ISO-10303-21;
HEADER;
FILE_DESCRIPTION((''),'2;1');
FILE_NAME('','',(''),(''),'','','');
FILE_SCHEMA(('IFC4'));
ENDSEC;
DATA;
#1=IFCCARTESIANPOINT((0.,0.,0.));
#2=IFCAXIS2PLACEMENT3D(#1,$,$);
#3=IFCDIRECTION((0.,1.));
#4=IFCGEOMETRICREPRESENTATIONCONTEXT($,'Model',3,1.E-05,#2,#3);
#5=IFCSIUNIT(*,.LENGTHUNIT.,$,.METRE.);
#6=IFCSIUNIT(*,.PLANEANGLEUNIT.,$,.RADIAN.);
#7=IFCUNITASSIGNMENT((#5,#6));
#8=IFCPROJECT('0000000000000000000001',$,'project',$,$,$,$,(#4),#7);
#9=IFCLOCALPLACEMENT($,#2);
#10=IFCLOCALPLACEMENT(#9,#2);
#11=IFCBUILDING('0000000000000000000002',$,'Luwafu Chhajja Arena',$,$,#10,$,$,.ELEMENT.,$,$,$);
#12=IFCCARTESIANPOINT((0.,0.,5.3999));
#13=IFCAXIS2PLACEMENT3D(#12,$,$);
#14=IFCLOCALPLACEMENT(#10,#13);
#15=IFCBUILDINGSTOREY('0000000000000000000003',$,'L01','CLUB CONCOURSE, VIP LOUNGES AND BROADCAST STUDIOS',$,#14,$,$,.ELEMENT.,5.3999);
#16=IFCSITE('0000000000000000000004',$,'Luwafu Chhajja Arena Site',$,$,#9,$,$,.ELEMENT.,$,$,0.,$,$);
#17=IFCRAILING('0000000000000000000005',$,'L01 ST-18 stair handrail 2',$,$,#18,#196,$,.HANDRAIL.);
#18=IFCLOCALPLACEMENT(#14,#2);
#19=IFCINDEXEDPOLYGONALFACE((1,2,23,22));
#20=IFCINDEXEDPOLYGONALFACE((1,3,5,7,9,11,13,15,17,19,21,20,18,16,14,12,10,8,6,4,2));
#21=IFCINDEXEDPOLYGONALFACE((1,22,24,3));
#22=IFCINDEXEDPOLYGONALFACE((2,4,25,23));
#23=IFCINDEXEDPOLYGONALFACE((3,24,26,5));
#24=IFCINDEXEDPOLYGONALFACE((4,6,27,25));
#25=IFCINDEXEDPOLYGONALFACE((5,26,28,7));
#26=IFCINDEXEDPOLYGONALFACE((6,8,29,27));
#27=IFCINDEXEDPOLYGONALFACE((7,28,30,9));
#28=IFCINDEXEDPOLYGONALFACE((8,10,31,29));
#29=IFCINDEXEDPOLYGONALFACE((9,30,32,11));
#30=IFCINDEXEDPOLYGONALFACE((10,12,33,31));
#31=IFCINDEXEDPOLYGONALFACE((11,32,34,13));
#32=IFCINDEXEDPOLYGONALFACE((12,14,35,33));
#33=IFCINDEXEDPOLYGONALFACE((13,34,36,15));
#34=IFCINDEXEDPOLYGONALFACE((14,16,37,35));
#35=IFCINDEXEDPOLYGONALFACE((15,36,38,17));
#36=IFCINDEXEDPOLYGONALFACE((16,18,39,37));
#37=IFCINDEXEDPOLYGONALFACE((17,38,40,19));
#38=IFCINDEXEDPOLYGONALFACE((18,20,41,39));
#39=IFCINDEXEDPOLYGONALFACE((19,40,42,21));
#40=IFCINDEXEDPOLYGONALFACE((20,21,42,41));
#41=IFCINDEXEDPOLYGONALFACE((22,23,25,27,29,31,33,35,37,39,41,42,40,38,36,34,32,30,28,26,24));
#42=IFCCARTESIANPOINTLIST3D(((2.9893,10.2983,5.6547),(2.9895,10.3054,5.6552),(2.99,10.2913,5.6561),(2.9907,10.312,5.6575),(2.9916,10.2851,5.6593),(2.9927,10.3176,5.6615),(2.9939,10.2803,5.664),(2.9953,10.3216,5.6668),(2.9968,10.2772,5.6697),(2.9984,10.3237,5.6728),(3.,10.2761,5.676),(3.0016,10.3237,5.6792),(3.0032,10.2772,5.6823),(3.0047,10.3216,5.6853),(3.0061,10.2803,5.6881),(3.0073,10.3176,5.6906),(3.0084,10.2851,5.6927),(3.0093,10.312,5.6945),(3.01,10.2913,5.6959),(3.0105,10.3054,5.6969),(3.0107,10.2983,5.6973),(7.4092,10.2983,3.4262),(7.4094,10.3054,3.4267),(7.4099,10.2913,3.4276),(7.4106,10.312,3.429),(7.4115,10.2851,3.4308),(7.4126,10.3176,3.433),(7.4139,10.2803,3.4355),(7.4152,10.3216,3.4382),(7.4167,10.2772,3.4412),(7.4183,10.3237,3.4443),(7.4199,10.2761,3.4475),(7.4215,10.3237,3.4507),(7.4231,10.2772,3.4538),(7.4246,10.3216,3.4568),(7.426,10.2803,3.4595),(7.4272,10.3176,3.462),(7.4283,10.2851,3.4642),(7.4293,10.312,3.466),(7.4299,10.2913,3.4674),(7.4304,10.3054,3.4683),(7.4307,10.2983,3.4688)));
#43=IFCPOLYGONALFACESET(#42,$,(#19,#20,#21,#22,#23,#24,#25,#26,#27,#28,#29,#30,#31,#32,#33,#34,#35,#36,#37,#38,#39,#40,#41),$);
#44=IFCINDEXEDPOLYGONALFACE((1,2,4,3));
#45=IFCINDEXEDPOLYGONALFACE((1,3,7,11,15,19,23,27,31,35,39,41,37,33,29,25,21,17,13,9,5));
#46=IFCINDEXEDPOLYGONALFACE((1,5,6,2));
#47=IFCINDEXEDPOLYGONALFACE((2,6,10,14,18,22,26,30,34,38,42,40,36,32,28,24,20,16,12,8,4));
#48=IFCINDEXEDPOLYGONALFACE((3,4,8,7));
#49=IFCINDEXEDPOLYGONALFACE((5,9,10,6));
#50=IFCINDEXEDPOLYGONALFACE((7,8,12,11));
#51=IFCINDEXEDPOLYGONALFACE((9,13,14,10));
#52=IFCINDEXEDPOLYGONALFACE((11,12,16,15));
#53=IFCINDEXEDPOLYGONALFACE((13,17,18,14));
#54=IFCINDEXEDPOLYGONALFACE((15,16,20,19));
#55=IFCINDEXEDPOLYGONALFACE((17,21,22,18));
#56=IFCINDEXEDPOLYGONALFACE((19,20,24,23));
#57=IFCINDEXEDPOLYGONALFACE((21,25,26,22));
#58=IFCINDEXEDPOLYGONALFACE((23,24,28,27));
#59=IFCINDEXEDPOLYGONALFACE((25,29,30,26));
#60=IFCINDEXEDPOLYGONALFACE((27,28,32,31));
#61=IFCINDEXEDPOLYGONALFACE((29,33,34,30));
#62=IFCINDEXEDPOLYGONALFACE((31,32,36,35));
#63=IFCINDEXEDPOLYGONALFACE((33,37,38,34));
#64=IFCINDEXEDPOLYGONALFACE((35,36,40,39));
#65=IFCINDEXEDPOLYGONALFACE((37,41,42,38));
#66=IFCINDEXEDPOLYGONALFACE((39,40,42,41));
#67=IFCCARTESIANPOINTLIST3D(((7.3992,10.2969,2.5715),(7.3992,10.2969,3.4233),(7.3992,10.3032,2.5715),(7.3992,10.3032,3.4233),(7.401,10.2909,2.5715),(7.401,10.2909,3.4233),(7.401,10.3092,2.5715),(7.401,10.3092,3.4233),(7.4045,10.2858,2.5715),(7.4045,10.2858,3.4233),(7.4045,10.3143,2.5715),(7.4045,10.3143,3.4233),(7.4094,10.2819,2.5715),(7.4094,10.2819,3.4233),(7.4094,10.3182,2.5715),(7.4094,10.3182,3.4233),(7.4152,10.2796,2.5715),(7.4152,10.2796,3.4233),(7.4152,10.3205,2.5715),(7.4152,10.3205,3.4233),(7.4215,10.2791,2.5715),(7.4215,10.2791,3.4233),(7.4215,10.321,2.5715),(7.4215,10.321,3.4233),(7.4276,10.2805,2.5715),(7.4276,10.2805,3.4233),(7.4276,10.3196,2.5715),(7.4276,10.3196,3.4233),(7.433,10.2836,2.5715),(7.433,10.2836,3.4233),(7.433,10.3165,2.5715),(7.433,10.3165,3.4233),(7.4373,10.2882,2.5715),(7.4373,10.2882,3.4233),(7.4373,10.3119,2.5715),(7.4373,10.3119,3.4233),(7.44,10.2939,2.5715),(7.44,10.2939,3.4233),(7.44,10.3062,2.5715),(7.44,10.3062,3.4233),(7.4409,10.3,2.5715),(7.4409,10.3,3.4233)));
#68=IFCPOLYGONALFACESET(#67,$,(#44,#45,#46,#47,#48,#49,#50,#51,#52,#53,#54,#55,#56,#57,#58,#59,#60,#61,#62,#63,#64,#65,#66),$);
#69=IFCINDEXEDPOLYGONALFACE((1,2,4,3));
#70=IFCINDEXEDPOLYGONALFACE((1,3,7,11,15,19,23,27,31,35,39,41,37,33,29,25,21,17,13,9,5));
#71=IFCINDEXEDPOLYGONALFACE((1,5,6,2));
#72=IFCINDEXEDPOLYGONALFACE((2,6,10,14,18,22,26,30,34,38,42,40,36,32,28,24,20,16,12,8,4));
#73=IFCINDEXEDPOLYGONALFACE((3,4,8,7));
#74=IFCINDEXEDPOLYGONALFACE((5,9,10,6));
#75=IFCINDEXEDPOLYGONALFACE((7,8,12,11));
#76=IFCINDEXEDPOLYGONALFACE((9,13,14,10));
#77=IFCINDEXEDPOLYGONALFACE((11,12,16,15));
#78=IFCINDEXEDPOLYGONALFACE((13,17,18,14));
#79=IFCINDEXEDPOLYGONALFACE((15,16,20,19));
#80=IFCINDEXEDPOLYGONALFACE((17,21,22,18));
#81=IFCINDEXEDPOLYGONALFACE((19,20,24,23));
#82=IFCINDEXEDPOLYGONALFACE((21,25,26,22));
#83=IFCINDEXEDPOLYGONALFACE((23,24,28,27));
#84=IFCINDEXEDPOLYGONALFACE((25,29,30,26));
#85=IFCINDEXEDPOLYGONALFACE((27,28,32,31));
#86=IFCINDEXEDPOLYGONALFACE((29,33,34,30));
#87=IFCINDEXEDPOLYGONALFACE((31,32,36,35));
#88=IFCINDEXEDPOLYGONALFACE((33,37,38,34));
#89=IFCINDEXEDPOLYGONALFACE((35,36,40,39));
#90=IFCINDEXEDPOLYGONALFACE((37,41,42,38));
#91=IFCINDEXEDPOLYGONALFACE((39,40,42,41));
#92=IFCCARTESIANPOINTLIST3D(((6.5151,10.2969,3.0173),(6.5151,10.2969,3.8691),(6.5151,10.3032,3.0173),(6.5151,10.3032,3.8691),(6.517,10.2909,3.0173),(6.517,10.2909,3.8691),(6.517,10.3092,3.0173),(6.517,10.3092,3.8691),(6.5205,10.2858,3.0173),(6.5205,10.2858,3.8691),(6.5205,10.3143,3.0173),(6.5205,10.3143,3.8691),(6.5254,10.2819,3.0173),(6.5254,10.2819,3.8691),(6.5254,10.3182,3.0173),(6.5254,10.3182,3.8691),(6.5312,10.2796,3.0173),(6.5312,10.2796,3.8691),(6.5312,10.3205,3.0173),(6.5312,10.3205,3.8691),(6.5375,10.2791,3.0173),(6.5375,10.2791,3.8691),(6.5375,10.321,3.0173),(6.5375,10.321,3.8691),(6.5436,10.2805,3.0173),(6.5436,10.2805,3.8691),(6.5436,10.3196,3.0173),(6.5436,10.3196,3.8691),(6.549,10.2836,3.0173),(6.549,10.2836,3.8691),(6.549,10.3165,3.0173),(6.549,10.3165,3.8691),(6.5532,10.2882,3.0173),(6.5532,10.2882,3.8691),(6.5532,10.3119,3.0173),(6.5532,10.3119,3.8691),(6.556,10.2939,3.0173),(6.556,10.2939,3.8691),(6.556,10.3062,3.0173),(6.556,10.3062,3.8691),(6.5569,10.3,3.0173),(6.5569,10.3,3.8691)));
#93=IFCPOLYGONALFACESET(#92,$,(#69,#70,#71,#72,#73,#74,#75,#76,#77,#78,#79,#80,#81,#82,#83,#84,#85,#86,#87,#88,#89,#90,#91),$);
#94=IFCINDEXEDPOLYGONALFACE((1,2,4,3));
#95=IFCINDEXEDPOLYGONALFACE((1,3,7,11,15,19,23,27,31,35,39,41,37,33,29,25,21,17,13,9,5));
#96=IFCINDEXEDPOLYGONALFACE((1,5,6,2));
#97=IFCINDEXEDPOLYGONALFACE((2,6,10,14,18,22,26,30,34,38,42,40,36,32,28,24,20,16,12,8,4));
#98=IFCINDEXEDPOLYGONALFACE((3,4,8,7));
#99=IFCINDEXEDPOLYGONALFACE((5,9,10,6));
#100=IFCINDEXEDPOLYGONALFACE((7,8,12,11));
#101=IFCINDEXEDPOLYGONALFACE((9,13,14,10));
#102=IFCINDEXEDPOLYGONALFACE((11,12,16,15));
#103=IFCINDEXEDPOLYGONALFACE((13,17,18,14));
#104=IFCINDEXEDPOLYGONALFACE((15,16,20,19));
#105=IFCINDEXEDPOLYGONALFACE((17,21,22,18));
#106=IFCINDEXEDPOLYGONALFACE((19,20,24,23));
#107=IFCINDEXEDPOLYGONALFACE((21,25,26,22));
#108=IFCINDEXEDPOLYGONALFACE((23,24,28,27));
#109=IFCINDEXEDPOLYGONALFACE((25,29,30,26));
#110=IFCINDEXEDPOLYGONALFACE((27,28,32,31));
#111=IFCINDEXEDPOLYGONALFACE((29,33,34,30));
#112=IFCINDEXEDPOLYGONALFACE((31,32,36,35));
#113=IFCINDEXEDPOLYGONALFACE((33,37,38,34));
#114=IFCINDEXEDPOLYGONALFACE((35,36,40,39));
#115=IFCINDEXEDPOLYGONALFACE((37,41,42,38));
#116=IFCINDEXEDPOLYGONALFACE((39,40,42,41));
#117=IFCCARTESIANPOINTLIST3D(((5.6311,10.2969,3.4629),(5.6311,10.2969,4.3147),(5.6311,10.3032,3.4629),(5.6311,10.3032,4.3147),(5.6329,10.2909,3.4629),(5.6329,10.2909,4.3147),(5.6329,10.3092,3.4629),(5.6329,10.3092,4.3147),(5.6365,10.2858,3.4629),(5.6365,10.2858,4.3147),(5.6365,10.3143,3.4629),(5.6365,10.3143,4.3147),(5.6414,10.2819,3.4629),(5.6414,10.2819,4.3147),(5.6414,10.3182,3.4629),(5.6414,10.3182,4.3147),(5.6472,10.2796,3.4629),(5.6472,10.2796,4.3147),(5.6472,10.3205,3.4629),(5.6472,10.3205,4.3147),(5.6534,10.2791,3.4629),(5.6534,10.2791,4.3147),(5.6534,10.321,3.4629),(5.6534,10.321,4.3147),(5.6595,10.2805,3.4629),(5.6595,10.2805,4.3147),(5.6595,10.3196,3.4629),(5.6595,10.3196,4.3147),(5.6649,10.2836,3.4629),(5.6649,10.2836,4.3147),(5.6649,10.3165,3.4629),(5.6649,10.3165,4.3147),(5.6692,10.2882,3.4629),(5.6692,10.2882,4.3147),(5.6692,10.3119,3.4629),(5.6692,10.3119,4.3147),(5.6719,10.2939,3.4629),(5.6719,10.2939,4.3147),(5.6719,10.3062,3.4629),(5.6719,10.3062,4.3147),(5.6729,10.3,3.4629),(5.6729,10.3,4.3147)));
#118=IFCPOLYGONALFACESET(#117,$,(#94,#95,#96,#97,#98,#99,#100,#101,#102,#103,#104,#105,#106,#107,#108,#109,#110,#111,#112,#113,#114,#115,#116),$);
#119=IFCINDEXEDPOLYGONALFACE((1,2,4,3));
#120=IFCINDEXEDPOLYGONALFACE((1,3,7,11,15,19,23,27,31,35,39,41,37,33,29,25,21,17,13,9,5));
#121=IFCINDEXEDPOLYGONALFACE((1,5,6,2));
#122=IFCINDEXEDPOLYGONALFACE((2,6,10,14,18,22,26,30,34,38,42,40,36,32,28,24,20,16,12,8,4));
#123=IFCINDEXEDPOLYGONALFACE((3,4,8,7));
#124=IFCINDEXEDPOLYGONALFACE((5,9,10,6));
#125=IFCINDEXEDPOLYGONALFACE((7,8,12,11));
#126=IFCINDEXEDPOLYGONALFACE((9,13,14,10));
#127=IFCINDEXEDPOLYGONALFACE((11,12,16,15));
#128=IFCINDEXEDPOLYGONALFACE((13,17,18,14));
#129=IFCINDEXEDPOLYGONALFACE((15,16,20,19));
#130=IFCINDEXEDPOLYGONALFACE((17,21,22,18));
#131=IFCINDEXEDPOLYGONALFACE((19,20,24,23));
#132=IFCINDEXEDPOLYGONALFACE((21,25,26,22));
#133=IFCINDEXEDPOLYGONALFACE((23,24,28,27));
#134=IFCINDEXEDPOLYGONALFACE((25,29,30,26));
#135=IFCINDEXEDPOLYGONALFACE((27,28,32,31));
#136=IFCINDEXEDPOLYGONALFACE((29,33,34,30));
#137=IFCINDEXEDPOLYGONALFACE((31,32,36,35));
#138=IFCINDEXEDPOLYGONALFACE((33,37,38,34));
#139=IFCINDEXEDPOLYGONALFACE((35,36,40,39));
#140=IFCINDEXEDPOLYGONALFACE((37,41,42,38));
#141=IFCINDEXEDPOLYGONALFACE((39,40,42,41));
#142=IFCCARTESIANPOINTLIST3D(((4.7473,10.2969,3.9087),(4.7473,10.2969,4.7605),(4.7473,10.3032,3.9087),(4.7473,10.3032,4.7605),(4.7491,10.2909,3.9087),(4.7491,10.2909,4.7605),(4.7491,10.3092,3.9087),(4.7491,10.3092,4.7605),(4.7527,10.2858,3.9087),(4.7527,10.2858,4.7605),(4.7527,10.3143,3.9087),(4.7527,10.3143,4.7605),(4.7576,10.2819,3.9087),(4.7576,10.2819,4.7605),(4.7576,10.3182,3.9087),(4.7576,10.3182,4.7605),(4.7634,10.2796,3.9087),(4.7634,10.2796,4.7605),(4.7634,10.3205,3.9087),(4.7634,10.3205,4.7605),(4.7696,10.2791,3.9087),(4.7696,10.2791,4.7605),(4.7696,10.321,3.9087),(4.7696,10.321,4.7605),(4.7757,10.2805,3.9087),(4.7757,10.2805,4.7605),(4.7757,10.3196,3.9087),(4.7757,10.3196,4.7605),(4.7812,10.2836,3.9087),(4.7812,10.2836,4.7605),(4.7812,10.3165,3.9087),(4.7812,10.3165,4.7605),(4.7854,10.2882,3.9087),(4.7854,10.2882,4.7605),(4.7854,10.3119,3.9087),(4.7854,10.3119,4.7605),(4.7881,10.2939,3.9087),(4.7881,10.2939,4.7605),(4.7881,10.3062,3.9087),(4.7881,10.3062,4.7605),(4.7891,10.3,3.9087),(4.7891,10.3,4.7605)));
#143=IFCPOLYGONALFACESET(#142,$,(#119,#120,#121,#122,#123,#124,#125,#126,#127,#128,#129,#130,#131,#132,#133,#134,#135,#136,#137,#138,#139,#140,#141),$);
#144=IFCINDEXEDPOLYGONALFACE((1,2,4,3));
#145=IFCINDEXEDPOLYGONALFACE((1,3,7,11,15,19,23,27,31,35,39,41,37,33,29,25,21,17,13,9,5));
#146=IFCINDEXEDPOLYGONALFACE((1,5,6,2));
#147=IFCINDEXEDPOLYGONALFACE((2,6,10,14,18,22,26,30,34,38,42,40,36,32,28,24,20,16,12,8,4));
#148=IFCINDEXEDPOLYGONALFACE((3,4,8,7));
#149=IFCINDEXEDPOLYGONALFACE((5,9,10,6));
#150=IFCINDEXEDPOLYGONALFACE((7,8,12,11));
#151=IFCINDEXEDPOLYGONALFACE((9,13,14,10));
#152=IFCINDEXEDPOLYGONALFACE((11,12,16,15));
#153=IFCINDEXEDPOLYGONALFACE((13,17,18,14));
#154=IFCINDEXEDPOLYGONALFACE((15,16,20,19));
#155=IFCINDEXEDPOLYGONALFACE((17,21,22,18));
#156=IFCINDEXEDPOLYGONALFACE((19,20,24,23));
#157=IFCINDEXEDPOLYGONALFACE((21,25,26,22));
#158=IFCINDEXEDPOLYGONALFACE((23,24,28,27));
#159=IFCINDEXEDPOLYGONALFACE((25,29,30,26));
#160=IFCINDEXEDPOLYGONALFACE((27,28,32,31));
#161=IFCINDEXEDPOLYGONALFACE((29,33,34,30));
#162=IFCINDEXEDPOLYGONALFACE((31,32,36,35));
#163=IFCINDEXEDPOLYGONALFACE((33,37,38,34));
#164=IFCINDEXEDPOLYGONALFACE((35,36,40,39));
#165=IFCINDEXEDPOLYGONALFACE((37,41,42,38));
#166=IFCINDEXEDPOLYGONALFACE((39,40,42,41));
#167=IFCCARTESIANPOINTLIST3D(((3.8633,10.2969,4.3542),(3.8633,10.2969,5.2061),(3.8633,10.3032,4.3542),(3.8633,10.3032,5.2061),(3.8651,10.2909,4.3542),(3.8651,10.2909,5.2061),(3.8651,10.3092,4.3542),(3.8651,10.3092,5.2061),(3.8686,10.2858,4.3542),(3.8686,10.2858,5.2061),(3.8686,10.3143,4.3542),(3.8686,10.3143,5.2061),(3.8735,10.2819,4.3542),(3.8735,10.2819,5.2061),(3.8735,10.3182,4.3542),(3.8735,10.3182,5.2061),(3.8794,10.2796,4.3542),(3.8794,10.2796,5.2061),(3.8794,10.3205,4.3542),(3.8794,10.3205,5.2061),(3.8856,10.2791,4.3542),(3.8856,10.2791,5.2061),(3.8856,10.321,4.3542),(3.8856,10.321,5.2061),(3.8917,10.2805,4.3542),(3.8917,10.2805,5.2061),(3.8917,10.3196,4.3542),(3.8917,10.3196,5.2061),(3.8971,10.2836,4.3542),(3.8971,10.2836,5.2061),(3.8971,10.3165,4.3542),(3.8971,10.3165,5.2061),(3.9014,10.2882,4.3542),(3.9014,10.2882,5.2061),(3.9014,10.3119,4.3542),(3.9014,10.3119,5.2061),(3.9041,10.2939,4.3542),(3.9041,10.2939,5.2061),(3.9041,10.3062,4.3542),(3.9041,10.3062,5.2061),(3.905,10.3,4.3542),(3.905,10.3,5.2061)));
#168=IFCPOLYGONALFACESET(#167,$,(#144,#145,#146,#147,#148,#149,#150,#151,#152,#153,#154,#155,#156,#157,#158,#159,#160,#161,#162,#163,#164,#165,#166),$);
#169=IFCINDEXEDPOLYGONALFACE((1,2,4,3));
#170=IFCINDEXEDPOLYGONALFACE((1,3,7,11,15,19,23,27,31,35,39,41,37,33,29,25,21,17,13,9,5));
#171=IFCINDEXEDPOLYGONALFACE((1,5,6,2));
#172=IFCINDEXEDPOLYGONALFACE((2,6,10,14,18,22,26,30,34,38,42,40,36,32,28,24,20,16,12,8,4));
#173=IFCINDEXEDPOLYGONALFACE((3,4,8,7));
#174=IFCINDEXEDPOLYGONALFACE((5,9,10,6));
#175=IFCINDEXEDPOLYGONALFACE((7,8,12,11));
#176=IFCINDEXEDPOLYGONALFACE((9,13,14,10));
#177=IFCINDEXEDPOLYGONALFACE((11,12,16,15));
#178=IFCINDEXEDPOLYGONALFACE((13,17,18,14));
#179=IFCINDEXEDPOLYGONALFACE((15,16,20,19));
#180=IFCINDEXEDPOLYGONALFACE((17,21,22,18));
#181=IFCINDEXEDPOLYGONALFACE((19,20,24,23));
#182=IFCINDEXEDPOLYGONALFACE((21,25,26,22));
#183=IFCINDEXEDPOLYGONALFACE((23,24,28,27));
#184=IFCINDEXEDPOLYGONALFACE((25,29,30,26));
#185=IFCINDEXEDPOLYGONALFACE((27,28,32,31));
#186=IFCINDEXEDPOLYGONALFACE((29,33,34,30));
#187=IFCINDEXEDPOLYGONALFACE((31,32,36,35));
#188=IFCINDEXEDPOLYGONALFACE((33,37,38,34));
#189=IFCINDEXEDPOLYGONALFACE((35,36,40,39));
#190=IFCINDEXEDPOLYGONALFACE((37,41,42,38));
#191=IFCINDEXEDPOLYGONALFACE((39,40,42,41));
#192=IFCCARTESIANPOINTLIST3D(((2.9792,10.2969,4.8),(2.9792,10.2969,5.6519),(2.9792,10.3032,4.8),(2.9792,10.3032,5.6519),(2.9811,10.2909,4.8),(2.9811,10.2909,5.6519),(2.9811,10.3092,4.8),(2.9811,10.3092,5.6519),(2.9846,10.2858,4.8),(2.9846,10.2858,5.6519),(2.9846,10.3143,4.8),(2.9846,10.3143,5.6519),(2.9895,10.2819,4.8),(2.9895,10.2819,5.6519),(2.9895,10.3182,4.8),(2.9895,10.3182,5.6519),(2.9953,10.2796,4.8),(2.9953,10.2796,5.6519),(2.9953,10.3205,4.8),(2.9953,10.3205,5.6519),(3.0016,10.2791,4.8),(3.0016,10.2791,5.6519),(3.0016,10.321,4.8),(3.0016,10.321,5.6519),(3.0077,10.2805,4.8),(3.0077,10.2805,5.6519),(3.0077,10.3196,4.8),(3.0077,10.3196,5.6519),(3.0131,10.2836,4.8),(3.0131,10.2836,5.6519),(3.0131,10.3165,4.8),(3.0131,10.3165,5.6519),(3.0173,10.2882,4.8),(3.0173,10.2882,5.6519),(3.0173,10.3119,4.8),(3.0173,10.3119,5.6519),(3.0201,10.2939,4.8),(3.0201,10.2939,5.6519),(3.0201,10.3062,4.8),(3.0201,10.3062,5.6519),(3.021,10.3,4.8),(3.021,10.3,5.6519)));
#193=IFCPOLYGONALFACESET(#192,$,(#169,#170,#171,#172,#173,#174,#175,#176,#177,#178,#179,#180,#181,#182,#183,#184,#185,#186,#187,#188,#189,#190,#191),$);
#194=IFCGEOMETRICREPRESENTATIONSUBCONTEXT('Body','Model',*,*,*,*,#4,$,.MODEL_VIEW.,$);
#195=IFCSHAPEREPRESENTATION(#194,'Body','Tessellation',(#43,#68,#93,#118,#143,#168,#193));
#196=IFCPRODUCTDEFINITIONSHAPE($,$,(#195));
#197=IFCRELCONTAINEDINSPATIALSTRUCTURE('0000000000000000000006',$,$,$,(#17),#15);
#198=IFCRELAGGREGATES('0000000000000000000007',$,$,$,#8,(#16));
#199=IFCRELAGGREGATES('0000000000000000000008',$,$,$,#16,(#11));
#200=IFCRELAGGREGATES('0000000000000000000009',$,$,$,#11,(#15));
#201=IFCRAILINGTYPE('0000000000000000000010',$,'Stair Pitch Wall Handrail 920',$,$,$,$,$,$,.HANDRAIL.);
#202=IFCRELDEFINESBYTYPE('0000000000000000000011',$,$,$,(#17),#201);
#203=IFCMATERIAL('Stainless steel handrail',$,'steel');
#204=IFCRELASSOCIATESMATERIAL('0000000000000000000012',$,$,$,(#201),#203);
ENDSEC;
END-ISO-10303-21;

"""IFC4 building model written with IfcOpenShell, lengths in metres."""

from ifc_helpers import new_model, si_unit, direction, frame, origin, origin_2d, place, context, subcontext, project, spatial, circle, extrude, material, type_object, element, save


model = new_model("IFC4")

# Units and contexts
model_context = context("Model", 3, precision=1e-05, world=origin(), true_north=direction((0.0, 1.0)))
body_context = subcontext(model_context, "Body", "Model", "MODEL_VIEW")
ifc_project = project(units=[si_unit("LENGTHUNIT", "METRE"), si_unit("PLANEANGLEUNIT", "RADIAN")], contexts=[model_context])

# Site, building, storey
site_placement = place(None, origin())
site = spatial("IfcSite", under=ifc_project, at=site_placement, Name="Luwafu Chhajja Arena Site", CompositionType="ELEMENT", RefElevation=0.0)
building_placement = place(site_placement, origin())
building = spatial("IfcBuilding", under=site, at=building_placement, Name="Luwafu Chhajja Arena", CompositionType="ELEMENT")
storey_placement = place(building_placement, frame((0.0, 0.0, 5.3999)))
storey = spatial("IfcBuildingStorey", under=building, at=storey_placement, Name="L01", Description="CLUB CONCOURSE, VIP LOUNGES AND BROADCAST STUDIOS", CompositionType="ELEMENT", Elevation=5.3999)

# Railing
ifc_material_1 = material(Name="Stainless steel handrail", Category="steel")
railing_type_1 = type_object("IfcRailingType", Name="Stair Pitch Wall Handrail 920", PredefinedType="HANDRAIL", material=ifc_material_1)
railing_1_placement = place(storey_placement, frame((7.4199, 10.3, 2.5715)))
element("IfcRailing", 1, at=railing_1_placement, inside=storey, type_object=railing_type_1, Name="L01 ST-18 stair handrail 2", PredefinedType="HANDRAIL", context=body_context, shape_type="SweptSolid", body=[
    extrude(circle(Radius=0.0239, at=origin_2d()), frame((0.0, 0.0, 0.876), z_axis=(-0.892923, 0.0, 0.45021), x_axis=(0.0, -1.0, 0.0)), (0.0, 0.0, 1.0), 4.95),
    extrude(circle(Radius=0.021, at=origin_2d()), origin(), (0.0, 0.0, 1.0), 0.8518),
    extrude(circle(Radius=0.021, at=origin_2d()), frame((-0.884, 0.0, 0.4458)), (0.0, 0.0, 1.0), 0.8518),
    extrude(circle(Radius=0.021, at=origin_2d()), frame((-1.7681, 0.0, 0.8914)), (0.0, 0.0, 1.0), 0.8518),
    extrude(circle(Radius=0.021, at=origin_2d()), frame((-2.6519, 0.0, 1.3372)), (0.0, 0.0, 1.0), 0.8518),
    extrude(circle(Radius=0.021, at=origin_2d()), frame((-3.5359, 0.0, 1.7827)), (0.0, 0.0, 1.0), 0.8518),
    extrude(circle(Radius=0.021, at=origin_2d()), frame((-4.4199, 0.0, 2.2285)), (0.0, 0.0, 1.0), 0.8518),
])

save(model, "model.ifc")
